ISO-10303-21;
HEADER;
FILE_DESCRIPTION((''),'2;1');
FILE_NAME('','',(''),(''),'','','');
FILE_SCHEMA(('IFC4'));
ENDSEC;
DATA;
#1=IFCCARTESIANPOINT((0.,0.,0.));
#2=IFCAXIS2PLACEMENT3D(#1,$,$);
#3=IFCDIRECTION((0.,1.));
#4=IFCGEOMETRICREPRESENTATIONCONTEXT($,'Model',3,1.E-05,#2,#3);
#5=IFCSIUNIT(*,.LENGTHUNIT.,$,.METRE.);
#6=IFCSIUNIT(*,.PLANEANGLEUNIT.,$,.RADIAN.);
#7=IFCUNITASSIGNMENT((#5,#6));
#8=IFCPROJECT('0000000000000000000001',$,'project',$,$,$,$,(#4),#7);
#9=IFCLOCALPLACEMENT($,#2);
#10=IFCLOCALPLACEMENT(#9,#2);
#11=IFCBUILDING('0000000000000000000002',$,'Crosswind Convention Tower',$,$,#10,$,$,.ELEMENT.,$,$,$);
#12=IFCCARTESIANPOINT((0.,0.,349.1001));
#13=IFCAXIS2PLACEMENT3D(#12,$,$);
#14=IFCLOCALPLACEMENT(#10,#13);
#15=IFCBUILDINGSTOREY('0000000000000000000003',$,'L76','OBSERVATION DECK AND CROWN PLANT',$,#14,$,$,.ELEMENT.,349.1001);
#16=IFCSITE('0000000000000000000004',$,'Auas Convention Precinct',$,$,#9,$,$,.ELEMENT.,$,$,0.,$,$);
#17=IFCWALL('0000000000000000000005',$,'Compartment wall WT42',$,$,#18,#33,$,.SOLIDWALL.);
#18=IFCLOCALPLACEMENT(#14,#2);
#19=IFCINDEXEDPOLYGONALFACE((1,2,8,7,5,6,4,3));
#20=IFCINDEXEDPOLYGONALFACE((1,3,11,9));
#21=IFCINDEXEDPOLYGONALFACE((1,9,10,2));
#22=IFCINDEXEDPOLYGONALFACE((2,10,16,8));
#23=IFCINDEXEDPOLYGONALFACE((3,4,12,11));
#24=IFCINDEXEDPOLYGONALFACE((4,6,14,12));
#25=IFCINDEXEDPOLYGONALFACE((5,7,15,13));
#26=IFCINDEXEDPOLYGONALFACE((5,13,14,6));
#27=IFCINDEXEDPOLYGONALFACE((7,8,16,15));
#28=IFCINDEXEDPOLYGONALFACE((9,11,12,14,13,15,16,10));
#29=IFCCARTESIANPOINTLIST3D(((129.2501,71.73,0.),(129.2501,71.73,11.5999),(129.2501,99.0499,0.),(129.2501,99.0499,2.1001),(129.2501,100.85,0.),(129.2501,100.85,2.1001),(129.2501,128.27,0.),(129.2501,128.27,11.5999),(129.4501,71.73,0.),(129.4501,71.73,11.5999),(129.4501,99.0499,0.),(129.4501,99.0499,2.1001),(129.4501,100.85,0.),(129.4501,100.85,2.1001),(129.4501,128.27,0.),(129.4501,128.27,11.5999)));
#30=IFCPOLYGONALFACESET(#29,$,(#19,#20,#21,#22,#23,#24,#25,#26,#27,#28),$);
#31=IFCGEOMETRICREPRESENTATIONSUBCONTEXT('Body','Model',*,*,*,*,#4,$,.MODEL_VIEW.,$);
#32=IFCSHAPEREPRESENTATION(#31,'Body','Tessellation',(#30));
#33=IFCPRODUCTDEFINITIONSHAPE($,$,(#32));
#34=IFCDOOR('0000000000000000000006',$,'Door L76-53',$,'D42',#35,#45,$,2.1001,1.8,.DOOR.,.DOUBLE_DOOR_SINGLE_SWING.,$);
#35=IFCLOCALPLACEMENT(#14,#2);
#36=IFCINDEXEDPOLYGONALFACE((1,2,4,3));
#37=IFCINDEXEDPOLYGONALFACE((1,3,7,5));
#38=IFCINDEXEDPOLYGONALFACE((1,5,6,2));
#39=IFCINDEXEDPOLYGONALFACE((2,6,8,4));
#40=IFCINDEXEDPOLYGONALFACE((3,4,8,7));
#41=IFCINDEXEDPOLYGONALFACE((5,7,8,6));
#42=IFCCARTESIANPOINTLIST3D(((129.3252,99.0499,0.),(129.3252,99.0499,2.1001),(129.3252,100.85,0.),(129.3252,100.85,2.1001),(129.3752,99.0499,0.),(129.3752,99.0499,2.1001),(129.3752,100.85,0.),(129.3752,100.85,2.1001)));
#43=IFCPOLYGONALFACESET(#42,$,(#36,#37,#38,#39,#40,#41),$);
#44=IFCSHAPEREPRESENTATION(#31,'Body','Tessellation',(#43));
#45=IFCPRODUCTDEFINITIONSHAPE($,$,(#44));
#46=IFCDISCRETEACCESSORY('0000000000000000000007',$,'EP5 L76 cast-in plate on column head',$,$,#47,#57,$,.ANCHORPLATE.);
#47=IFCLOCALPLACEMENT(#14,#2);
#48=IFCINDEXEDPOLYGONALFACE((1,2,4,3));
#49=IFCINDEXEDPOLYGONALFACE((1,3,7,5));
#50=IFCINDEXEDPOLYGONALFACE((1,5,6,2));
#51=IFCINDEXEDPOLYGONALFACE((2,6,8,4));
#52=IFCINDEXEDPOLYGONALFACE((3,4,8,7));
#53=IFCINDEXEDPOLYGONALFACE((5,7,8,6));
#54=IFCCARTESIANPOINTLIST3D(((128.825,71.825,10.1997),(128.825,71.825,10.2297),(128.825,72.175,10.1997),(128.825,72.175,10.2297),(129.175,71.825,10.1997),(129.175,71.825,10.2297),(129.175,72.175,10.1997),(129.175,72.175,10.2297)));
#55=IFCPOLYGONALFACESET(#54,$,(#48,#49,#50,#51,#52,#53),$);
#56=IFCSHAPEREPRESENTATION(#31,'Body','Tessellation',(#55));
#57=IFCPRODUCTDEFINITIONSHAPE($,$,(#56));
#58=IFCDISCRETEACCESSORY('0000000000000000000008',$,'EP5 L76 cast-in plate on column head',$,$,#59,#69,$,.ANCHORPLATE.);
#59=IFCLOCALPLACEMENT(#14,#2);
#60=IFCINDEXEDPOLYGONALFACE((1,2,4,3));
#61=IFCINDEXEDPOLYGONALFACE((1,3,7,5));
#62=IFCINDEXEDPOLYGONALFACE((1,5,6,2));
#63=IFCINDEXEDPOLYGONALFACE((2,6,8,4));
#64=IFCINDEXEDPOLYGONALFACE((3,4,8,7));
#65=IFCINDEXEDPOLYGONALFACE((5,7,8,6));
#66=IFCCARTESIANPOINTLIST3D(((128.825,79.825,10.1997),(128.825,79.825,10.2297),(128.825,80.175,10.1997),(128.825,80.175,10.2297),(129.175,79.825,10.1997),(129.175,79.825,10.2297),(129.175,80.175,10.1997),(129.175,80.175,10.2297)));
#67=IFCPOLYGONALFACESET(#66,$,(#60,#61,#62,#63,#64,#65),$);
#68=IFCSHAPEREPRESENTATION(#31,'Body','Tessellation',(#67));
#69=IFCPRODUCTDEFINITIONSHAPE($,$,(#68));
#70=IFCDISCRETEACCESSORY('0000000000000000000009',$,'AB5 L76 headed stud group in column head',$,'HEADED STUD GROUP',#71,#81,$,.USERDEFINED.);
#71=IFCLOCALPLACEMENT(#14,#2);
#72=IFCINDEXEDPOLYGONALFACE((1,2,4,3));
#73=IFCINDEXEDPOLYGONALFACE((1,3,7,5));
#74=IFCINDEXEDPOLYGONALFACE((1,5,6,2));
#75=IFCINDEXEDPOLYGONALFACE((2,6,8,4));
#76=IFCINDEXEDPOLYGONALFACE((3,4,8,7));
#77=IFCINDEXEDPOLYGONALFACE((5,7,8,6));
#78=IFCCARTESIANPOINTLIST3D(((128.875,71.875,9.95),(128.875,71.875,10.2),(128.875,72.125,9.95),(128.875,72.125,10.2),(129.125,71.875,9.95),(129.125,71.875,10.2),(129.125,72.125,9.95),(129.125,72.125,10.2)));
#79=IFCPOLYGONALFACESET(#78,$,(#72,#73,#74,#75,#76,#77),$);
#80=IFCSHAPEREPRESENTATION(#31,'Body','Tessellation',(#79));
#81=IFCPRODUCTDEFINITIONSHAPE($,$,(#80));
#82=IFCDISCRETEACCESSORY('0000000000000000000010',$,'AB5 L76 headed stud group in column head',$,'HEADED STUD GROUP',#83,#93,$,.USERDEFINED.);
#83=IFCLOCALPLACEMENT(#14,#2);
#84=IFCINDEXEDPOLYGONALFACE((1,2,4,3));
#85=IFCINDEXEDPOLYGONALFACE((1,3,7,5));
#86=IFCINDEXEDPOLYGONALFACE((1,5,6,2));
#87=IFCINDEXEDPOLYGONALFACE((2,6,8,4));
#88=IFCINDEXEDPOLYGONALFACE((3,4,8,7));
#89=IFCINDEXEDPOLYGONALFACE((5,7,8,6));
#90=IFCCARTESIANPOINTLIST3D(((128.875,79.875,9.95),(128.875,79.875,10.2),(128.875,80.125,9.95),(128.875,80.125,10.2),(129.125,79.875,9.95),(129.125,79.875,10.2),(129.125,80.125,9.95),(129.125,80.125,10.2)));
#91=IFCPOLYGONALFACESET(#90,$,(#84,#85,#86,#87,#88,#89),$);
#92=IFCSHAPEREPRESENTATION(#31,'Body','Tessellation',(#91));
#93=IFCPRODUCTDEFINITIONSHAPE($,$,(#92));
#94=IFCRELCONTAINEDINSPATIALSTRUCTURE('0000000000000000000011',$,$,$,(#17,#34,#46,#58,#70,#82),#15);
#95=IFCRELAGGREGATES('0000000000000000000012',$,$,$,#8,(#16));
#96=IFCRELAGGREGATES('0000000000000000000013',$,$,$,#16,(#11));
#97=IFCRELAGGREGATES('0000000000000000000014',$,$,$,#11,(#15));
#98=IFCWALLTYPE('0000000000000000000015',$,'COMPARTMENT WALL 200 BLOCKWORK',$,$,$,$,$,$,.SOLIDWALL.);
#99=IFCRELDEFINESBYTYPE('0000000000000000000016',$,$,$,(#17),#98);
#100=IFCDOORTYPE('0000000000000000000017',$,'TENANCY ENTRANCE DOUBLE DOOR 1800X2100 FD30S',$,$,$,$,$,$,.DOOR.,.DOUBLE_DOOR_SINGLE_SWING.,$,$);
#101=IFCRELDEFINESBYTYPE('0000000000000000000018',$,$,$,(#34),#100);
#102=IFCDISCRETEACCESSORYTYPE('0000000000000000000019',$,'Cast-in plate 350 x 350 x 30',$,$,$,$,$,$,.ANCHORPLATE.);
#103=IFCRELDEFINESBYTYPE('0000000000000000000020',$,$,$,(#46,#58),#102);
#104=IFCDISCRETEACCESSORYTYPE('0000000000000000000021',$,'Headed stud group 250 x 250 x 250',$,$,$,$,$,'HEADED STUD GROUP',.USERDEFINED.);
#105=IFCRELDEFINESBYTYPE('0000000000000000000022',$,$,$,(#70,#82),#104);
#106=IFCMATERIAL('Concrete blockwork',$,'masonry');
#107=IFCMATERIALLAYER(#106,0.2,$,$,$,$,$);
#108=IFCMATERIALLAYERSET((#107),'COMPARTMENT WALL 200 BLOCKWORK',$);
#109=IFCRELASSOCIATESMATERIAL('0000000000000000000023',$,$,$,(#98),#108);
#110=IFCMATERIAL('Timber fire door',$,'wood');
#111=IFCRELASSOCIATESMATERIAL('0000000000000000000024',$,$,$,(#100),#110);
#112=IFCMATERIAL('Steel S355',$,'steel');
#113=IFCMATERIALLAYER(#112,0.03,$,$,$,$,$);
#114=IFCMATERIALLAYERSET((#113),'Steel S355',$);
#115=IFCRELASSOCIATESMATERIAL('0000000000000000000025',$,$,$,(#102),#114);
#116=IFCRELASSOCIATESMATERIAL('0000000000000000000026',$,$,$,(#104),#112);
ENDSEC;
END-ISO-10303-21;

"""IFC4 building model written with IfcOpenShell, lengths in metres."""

from ifc_helpers import new_model, si_unit, direction, frame, frame_2d, origin, origin_2d, place, context, subcontext, project, spatial, rectangle, extrude, material, layer, layer_set, type_object, element, fill, save


model = new_model("IFC4")

# Units and contexts
model_context = context("Model", 3, precision=1e-05, world=origin(), true_north=direction((0.0, 1.0)))
body_context = subcontext(model_context, "Body", "Model", "MODEL_VIEW")
ifc_project = project(units=[si_unit("LENGTHUNIT", "METRE"), si_unit("PLANEANGLEUNIT", "RADIAN")], contexts=[model_context])

# Site, building, storey
site_placement = place(None, origin())
site = spatial("IfcSite", under=ifc_project, at=site_placement, Name="Auas Convention Precinct", CompositionType="ELEMENT", RefElevation=0.0)
building_placement = place(site_placement, origin())
building = spatial("IfcBuilding", under=site, at=building_placement, Name="Crosswind Convention Tower", CompositionType="ELEMENT")
storey_placement = place(building_placement, frame((0.0, 0.0, 349.1001)))
storey = spatial("IfcBuildingStorey", under=building, at=storey_placement, Name="L76", Description="OBSERVATION DECK AND CROWN PLANT", CompositionType="ELEMENT", Elevation=349.1001)

# Shared definitions
ifc_material_1 = material(Name="Steel S355", Category="steel")

# Wall, opening, door
ifc_material_2 = material(Name="Concrete blockwork", Category="masonry")
ifc_layer_1 = layer(ifc_material_2, 0.2)
ifc_layer_set_1 = layer_set([ifc_layer_1], Name="COMPARTMENT WALL 200 BLOCKWORK")
wall_type = type_object("IfcWallType", Name="COMPARTMENT WALL 200 BLOCKWORK", PredefinedType="SOLIDWALL", material=ifc_layer_set_1)
wall_placement = place(storey_placement, frame((129.3501, 71.73, 0.0), z_axis=(0.0, 0.0, 1.0), x_axis=(0.0, 1.0, 0.0)))
wall = element("IfcWall", 1, at=wall_placement, inside=storey, type_object=wall_type, Name="Compartment wall WT42", PredefinedType="SOLIDWALL", context=body_context, shape_type="SweptSolid", body=[
    extrude(rectangle(XDim=56.54, YDim=0.2, at=frame_2d((28.27, 0.0))), origin(), (0.0, 0.0, 1.0), 11.5999),
])
opening_placement = place(wall_placement, frame((27.3201, 0.0, 0.0)))
opening = element("IfcOpeningElement", 2, at=opening_placement, cuts=wall, PredefinedType="OPENING", context=body_context, shape_type="SweptSolid", body=[
    extrude(rectangle(XDim=1.8, YDim=2.1001, at=frame_2d((0.8999, 1.05))), frame((0.0, 0.1099, 0.0), z_axis=(0.0, -1.0, 0.0), x_axis=(1.0, 0.0, 0.0)), (0.0, 0.0, 1.0), 0.22),
])
ifc_material_3 = material(Name="Timber fire door", Category="wood")
door_type = type_object("IfcDoorType", Name="TENANCY ENTRANCE DOUBLE DOOR 1800X2100 FD30S", OperationType="DOUBLE_DOOR_SINGLE_SWING", PredefinedType="DOOR", material=ifc_material_3)
door_placement = place(opening_placement, origin())
door = element("IfcDoor", 3, at=door_placement, inside=storey, type_object=door_type, Name="Door L76-53", ObjectType="D42", OperationType="DOUBLE_DOOR_SINGLE_SWING", OverallHeight=2.1001, OverallWidth=1.8, PredefinedType="DOOR", context=body_context, shape_type="SweptSolid", body=[
    extrude(rectangle(XDim=1.8, YDim=2.1001, at=frame_2d((0.8999, 1.05))), frame((0.0, 0.0249, 0.0), z_axis=(0.0, -1.0, 0.0), x_axis=(1.0, 0.0, 0.0)), (0.0, 0.0, 1.0), 0.05),
])
fill(opening, door)

# Discrete accessories
ifc_layer_2 = layer(ifc_material_1, 0.03)
ifc_layer_set_2 = layer_set([ifc_layer_2], Name="Steel S355")
discrete_accessory_type_1 = type_object("IfcDiscreteAccessoryType", Name="Cast-in plate 350 x 350 x 30", PredefinedType="ANCHORPLATE", material=ifc_layer_set_2)
for number, where, z_axis, x_axis, name in (
    (4, (129.0, 72.0, 10.1997), (0.0, 0.0, 1.0), (1.0, 0.0, 0.0), "EP5 L76 cast-in plate on column head"),
    (5, (129.0, 80.0, 10.1997), (0.0, 0.0, 1.0), (1.0, 0.0, 0.0), "EP5 L76 cast-in plate on column head"),
):
    element("IfcDiscreteAccessory", number, at=place(storey_placement, frame(where, z_axis=z_axis, x_axis=x_axis)), inside=storey, type_object=discrete_accessory_type_1, Name=name, PredefinedType="ANCHORPLATE", context=body_context, shape_type="SweptSolid", body=[
        extrude(rectangle(XDim=0.3501, YDim=0.3501, at=origin_2d()), origin(), (0.0, 0.0, 1.0), 0.03),
    ])
discrete_accessory_type_2 = type_object("IfcDiscreteAccessoryType", Name="Headed stud group 250 x 250 x 250", ElementType="HEADED STUD GROUP", PredefinedType="USERDEFINED", material=ifc_material_1)
for number, where, z_axis, x_axis, name in (
    (6, (129.0, 72.0, 9.95), (0.0, 0.0, 1.0), (1.0, 0.0, 0.0), "AB5 L76 headed stud group in column head"),
    (7, (129.0, 80.0, 9.95), (0.0, 0.0, 1.0), (1.0, 0.0, 0.0), "AB5 L76 headed stud group in column head"),
):
    element("IfcDiscreteAccessory", number, at=place(storey_placement, frame(where, z_axis=z_axis, x_axis=x_axis)), inside=storey, type_object=discrete_accessory_type_2, Name=name, ObjectType="HEADED STUD GROUP", PredefinedType="USERDEFINED", context=body_context, shape_type="SweptSolid", body=[
        extrude(rectangle(XDim=0.25, YDim=0.25, at=origin_2d()), origin(), (0.0, 0.0, 1.0), 0.25),
    ])

save(model, "model.ifc")
